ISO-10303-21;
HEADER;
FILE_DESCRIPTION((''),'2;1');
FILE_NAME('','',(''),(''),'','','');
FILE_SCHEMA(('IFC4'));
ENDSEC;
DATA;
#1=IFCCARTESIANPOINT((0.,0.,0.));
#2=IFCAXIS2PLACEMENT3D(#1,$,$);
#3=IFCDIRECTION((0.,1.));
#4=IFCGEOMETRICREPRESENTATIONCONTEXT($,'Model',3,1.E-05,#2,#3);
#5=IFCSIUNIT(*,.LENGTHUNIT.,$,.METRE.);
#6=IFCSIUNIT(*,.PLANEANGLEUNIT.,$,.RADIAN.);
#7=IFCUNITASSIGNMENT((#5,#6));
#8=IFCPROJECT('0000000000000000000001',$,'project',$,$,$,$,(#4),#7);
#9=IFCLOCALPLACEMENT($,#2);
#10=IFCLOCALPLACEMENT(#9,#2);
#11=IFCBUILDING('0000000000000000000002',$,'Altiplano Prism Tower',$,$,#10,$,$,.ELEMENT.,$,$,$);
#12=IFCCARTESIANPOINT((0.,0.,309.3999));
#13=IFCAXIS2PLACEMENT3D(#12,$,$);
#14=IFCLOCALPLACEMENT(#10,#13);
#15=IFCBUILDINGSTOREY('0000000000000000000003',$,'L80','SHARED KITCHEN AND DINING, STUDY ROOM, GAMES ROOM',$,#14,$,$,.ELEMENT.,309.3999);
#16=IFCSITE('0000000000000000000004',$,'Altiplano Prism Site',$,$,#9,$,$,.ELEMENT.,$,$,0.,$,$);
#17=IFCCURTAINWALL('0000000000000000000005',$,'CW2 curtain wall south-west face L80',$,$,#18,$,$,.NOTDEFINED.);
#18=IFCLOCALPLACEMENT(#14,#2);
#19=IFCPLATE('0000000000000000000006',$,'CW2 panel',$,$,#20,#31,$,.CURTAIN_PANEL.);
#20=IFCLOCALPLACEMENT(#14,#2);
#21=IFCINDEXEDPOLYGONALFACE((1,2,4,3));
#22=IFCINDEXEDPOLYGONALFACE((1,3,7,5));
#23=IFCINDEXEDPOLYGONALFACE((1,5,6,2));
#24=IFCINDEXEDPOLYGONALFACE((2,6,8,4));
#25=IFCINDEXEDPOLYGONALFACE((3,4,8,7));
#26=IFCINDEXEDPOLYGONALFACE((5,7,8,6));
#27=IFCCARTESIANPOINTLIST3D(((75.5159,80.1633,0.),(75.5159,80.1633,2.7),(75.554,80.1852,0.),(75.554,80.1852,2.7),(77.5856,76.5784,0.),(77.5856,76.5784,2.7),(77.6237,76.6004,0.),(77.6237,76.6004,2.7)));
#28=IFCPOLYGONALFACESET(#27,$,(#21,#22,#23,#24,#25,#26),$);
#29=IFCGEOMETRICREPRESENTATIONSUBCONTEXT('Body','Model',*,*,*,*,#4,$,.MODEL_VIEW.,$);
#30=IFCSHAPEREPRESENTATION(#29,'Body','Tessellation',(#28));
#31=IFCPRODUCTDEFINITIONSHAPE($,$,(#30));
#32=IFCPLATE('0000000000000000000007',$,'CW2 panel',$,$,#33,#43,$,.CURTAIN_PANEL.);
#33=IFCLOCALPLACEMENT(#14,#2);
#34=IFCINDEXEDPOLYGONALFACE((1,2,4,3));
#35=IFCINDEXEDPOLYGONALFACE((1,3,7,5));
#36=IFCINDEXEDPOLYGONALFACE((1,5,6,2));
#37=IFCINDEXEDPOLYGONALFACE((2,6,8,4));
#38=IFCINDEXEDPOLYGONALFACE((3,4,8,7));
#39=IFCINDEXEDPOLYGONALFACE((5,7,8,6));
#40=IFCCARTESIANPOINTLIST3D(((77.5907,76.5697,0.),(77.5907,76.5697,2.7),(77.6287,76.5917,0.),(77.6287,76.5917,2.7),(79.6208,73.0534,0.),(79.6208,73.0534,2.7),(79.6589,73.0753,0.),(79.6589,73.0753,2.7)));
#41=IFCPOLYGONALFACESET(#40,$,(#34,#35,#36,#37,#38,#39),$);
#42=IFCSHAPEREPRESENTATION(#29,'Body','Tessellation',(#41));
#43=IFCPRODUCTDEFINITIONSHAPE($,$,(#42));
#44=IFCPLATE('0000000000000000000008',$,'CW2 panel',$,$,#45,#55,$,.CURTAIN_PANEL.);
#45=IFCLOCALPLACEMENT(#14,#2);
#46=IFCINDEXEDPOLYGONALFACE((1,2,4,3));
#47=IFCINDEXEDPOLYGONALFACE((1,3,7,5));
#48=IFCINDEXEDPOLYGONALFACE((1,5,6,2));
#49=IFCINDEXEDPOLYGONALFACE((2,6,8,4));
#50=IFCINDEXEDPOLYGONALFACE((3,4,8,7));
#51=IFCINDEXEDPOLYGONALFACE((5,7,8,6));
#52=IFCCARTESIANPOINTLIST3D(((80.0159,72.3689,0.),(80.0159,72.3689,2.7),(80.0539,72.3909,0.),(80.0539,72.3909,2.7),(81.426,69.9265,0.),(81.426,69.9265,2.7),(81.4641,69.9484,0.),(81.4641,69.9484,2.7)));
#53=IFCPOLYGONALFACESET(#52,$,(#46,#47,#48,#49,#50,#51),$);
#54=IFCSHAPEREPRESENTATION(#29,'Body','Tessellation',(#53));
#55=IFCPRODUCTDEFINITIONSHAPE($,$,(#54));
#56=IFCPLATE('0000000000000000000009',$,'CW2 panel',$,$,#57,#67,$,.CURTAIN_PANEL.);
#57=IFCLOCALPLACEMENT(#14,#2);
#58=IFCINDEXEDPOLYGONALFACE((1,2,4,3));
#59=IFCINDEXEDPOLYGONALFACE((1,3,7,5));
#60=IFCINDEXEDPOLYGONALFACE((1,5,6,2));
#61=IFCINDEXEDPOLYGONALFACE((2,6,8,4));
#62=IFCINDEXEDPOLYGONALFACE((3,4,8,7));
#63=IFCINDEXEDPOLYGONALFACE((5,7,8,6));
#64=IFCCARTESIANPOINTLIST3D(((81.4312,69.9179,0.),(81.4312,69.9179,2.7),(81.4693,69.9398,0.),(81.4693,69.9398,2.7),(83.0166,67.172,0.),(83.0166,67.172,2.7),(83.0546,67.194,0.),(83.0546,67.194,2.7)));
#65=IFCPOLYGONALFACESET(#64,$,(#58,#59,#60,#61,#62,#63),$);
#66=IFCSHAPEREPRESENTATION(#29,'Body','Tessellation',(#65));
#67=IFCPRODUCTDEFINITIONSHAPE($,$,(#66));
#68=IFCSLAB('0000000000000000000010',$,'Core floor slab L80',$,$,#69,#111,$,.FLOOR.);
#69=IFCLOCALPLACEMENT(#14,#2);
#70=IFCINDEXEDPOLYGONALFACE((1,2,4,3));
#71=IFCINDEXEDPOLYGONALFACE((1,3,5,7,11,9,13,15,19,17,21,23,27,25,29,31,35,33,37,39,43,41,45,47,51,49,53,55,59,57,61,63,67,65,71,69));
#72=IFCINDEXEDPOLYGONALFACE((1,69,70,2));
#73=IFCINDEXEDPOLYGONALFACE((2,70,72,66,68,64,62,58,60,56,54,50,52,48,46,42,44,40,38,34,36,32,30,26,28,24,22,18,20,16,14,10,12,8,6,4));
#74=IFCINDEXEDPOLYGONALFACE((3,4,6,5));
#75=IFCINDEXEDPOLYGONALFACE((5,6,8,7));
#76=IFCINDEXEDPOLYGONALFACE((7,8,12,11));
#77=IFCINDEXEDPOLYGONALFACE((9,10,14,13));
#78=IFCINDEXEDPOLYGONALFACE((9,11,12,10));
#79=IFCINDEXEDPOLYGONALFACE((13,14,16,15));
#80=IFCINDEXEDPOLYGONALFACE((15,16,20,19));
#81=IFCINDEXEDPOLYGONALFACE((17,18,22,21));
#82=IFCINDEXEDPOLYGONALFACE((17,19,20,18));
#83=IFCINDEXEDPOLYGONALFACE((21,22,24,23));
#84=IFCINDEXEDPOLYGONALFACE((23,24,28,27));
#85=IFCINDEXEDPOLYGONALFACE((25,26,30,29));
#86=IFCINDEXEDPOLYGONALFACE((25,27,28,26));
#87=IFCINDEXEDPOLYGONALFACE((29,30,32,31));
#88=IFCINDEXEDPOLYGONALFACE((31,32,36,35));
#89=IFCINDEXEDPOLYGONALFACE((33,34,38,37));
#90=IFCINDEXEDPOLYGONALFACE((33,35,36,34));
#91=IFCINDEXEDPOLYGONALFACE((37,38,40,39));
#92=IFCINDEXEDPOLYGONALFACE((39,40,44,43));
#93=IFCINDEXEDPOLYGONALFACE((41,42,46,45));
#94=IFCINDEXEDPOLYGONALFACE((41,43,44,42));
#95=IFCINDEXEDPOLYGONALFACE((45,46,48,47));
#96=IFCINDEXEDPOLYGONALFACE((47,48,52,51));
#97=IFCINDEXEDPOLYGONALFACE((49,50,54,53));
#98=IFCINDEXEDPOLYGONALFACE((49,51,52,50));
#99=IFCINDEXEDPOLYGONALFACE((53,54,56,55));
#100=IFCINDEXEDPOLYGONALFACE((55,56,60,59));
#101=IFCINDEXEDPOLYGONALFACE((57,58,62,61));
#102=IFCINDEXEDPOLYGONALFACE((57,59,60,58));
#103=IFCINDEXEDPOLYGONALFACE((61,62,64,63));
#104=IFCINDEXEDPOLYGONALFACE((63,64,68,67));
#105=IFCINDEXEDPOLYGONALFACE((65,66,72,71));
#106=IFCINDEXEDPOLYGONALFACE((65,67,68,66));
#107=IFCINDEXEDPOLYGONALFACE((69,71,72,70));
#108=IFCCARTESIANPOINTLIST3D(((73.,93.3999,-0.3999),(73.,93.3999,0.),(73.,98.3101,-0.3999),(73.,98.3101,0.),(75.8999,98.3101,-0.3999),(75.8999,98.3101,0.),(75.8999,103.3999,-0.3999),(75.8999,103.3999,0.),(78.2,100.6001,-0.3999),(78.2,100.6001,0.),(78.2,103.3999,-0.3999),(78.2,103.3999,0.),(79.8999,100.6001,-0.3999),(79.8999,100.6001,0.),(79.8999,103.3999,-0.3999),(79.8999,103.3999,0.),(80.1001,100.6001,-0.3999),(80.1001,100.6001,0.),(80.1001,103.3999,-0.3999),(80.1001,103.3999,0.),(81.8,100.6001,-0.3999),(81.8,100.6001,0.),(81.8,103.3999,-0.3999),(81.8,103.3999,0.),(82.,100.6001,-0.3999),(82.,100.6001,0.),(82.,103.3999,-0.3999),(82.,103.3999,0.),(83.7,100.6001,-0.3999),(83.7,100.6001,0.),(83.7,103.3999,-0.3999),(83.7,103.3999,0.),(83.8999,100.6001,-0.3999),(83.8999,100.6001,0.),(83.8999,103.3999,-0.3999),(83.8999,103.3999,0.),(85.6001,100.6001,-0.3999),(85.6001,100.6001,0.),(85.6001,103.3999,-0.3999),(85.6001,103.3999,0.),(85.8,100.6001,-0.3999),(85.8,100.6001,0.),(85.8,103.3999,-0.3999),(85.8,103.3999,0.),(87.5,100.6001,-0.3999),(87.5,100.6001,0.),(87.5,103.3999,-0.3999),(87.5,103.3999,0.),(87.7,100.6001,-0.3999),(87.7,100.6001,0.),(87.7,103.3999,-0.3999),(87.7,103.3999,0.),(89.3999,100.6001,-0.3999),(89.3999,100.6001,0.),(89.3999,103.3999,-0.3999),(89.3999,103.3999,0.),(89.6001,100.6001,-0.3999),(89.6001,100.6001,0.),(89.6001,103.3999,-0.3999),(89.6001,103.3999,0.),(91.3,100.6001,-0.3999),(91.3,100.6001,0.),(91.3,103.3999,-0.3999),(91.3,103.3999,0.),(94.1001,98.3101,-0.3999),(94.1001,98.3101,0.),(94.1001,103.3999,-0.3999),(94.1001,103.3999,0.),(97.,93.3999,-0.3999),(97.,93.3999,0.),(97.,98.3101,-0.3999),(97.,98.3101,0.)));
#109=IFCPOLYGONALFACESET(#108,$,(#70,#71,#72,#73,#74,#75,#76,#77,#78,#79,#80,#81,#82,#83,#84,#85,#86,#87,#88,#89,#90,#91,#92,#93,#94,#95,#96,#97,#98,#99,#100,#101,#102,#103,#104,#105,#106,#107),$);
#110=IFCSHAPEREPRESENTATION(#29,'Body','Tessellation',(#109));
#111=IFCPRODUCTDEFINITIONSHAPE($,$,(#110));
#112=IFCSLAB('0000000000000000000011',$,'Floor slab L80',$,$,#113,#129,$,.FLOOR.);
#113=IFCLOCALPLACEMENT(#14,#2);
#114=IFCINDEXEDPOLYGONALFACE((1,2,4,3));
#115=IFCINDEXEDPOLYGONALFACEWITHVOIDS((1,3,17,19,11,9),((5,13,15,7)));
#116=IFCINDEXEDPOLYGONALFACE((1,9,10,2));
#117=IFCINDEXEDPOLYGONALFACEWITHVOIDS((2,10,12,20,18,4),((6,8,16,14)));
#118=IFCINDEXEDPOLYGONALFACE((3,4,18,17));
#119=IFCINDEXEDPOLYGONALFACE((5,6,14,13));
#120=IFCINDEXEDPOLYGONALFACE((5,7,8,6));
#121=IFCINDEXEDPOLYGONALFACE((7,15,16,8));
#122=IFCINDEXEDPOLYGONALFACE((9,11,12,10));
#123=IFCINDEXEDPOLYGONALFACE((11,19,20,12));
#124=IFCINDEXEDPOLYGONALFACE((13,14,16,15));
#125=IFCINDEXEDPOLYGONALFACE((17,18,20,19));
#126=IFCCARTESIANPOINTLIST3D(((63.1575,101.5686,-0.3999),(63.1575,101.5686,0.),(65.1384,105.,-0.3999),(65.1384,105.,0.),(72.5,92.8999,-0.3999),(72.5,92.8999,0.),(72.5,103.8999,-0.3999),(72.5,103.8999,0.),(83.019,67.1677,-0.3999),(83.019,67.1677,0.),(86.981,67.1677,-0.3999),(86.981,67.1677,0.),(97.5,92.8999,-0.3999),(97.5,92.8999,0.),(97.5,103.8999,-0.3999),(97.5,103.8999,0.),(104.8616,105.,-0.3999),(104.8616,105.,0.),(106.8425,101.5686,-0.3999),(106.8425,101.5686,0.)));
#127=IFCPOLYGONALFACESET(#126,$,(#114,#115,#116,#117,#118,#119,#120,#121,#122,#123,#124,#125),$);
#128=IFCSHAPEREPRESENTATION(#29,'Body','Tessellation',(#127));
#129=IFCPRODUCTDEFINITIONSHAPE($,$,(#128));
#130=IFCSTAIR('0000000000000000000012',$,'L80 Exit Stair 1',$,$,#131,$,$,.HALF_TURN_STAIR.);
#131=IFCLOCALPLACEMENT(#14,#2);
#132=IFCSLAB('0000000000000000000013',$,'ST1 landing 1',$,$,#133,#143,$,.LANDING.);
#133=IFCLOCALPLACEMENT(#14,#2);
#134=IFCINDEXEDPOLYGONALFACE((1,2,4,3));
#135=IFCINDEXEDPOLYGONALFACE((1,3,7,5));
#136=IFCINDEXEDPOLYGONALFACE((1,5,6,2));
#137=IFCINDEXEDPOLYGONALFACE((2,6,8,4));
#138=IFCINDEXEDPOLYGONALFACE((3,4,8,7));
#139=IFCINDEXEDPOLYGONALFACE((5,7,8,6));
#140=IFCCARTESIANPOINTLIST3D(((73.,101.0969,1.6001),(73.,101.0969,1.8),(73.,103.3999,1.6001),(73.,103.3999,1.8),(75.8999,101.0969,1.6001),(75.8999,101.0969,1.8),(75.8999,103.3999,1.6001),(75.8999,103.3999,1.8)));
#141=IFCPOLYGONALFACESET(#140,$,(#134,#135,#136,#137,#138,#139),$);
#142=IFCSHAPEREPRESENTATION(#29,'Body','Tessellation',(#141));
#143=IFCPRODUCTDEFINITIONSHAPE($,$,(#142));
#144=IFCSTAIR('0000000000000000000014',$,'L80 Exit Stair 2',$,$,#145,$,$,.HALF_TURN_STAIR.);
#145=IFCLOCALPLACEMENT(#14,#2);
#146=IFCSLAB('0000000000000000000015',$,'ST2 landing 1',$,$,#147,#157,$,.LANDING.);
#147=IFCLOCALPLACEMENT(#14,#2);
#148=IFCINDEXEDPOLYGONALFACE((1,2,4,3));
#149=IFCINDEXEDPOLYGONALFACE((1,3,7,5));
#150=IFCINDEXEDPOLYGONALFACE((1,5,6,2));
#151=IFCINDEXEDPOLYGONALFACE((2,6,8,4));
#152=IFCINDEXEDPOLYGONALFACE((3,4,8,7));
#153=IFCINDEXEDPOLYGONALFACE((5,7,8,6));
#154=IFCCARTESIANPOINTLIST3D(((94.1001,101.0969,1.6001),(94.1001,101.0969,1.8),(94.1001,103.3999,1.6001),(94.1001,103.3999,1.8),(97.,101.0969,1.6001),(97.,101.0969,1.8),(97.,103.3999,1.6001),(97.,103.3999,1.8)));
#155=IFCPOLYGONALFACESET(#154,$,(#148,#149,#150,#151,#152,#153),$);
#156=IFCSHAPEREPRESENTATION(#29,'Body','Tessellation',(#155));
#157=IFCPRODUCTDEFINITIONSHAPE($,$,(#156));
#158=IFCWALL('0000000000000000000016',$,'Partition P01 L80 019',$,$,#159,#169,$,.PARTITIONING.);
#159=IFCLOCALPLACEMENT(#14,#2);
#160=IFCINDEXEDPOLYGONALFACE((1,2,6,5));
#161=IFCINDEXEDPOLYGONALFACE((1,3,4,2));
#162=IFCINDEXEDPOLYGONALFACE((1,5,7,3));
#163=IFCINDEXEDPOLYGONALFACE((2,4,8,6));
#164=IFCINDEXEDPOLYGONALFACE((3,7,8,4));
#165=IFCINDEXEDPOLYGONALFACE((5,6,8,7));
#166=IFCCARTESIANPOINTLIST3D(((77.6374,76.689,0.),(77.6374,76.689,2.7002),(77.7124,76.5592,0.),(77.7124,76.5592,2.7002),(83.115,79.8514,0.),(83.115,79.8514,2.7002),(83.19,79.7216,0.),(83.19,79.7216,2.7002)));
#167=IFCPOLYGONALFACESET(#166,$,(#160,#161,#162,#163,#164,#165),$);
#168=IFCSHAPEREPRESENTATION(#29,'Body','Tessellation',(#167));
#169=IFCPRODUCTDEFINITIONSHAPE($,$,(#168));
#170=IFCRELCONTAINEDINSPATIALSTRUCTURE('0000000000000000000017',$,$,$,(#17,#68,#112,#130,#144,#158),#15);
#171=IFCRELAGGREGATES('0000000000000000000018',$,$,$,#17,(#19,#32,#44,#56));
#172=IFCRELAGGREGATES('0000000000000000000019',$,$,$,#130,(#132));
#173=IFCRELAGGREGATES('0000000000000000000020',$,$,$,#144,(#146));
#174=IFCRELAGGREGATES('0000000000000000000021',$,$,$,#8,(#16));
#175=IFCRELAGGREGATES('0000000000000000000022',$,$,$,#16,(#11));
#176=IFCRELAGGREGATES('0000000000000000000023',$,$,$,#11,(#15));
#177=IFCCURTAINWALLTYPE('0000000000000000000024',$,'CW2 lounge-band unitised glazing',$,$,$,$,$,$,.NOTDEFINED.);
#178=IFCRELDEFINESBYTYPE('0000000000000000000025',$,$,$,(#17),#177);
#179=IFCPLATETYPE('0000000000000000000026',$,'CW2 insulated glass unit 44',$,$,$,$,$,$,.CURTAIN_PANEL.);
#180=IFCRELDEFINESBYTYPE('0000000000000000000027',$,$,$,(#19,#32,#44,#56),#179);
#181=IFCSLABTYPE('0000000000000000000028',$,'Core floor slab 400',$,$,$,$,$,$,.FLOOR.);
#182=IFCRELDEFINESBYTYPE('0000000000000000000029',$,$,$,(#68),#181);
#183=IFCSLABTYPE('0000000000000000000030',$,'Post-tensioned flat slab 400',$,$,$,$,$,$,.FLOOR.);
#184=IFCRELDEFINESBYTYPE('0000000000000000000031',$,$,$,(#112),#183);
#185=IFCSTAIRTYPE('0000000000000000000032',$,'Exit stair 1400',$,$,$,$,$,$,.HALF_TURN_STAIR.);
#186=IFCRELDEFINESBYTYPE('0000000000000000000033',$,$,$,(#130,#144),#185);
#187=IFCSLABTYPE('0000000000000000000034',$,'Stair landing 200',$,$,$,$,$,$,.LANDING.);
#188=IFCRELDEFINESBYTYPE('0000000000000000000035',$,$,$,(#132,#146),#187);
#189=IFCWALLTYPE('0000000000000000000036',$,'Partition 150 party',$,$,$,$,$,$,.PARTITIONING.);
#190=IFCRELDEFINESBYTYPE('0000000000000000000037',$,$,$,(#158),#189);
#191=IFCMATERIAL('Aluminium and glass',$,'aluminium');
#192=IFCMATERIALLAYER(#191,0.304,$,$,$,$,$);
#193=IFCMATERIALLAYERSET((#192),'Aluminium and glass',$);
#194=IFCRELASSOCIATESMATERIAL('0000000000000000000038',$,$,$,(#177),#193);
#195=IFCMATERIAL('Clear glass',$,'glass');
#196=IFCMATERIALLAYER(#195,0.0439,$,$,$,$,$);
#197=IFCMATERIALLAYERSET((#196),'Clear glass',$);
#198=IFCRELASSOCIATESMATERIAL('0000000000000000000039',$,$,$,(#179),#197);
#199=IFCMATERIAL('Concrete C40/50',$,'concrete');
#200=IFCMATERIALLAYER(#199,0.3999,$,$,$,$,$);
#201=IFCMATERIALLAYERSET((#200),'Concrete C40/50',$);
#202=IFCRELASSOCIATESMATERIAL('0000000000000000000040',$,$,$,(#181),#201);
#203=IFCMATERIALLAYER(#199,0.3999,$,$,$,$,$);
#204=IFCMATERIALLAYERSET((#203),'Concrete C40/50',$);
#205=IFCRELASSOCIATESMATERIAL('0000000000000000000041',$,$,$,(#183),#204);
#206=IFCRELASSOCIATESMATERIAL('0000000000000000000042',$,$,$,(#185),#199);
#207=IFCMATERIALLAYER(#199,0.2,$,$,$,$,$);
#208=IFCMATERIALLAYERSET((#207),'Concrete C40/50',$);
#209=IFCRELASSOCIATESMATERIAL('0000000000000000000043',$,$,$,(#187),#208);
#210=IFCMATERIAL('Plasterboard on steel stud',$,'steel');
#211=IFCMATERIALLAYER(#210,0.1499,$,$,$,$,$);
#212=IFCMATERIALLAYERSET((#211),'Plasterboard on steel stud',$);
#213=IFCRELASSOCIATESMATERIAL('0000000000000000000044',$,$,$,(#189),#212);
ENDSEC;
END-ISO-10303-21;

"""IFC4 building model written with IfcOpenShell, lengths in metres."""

from ifc_helpers import new_model, si_unit, direction, frame, frame_2d, origin, origin_2d, place, context, subcontext, project, spatial, polyline, rectangle, outline, extrude, material, layer, layer_set, type_object, element, aggregate, save


model = new_model("IFC4")

# Units and contexts
model_context = context("Model", 3, precision=1e-05, world=origin(), true_north=direction((0.0, 1.0)))
body_context = subcontext(model_context, "Body", "Model", "MODEL_VIEW")
ifc_project = project(units=[si_unit("LENGTHUNIT", "METRE"), si_unit("PLANEANGLEUNIT", "RADIAN")], contexts=[model_context])

# Site, building, storey
site_placement = place(None, origin())
site = spatial("IfcSite", under=ifc_project, at=site_placement, Name="Altiplano Prism Site", CompositionType="ELEMENT", RefElevation=0.0)
building_placement = place(site_placement, origin())
building = spatial("IfcBuilding", under=site, at=building_placement, Name="Altiplano Prism Tower", CompositionType="ELEMENT")
storey_placement = place(building_placement, frame((0.0, 0.0, 309.3999)))
storey = spatial("IfcBuildingStorey", under=building, at=storey_placement, Name="L80", Description="SHARED KITCHEN AND DINING, STUDY ROOM, GAMES ROOM", CompositionType="ELEMENT", Elevation=309.3999)

# Curtain wall
ifc_material_1 = material(Name="Aluminium and glass", Category="aluminium")
ifc_layer_1 = layer(ifc_material_1, 0.304)
ifc_layer_set_1 = layer_set([ifc_layer_1], Name="Aluminium and glass")
curtain_wall_type = type_object("IfcCurtainWallType", Name="CW2 lounge-band unitised glazing", PredefinedType="NOTDEFINED", material=ifc_layer_set_1)
curtain_wall_1_placement = place(storey_placement, origin())
curtain_wall_1 = element("IfcCurtainWall", 1, at=curtain_wall_1_placement, inside=storey, type_object=curtain_wall_type, Name="CW2 curtain wall south-west face L80", PredefinedType="NOTDEFINED")

# Plates
ifc_material_2 = material(Name="Clear glass", Category="glass")
ifc_layer_2 = layer(ifc_material_2, 0.0439)
ifc_layer_set_2 = layer_set([ifc_layer_2], Name="Clear glass")
plate_type = type_object("IfcPlateType", Name="CW2 insulated glass unit 44", PredefinedType="CURTAIN_PANEL", material=ifc_layer_set_2)
plate_1_placement = place(storey_placement, frame((76.5698, 78.3818, 0.0), z_axis=(0.0, 0.0, 1.0), x_axis=(0.5, -0.866025, 0.0)))
plate_1 = element("IfcPlate", 2, at=plate_1_placement, type_object=plate_type, Name="CW2 panel", PredefinedType="CURTAIN_PANEL", context=body_context, shape_type="SweptSolid", body=[
    extrude(rectangle(XDim=4.1394, YDim=0.0439, at=origin_2d()), origin(), (0.0, 0.0, 1.0), 2.7),
])
plate_2_placement = place(storey_placement, frame((78.6248, 74.8225, 0.0), z_axis=(0.0, 0.0, 1.0), x_axis=(0.5, -0.866025, 0.0)))
plate_2 = element("IfcPlate", 3, at=plate_2_placement, type_object=plate_type, Name="CW2 panel", PredefinedType="CURTAIN_PANEL", context=body_context, shape_type="SweptSolid", body=[
    extrude(rectangle(XDim=4.0603, YDim=0.0439, at=origin_2d()), origin(), (0.0, 0.0, 1.0), 2.7),
])
plate_3_placement = place(storey_placement, frame((80.74, 71.1587, 0.0), z_axis=(0.0, 0.0, 1.0), x_axis=(0.5, -0.866025, 0.0)))
plate_3 = element("IfcPlate", 4, at=plate_3_placement, type_object=plate_type, Name="CW2 panel", PredefinedType="CURTAIN_PANEL", context=body_context, shape_type="SweptSolid", body=[
    extrude(rectangle(XDim=2.8203, YDim=0.0439, at=origin_2d()), origin(), (0.0, 0.0, 1.0), 2.7),
])
plate_4_placement = place(storey_placement, frame((82.2429, 68.5559, 0.0), z_axis=(0.0, 0.0, 1.0), x_axis=(0.5, -0.866025, 0.0)))
plate_4 = element("IfcPlate", 5, at=plate_4_placement, type_object=plate_type, Name="CW2 panel", PredefinedType="CURTAIN_PANEL", context=body_context, shape_type="SweptSolid", body=[
    extrude(rectangle(XDim=3.1707, YDim=0.0439, at=origin_2d()), origin(), (0.0, 0.0, 1.0), 2.7),
])
aggregate(curtain_wall_1, [plate_1, plate_2, plate_3, plate_4])

# Slabs
ifc_material_3 = material(Name="Concrete C40/50", Category="concrete")
ifc_layer_3 = layer(ifc_material_3, 0.3999)
ifc_layer_set_3 = layer_set([ifc_layer_3], Name="Concrete C40/50")
slab_type_1 = type_object("IfcSlabType", Name="Core floor slab 400", PredefinedType="FLOOR", material=ifc_layer_set_3)
slab_1_placement = place(storey_placement, frame((0.0, 0.0, -0.3999)))
element("IfcSlab", 6, at=slab_1_placement, inside=storey, type_object=slab_type_1, Name="Core floor slab L80", PredefinedType="FLOOR", context=body_context, shape_type="SweptSolid", body=[
    extrude(outline(polyline([(97.0, 98.3101), (94.1001, 98.3101), (94.1001, 103.3999), (91.3, 103.3999), (91.3, 100.6001), (89.6001, 100.6001), (89.6001, 103.3999), (89.3999, 103.3999), (89.3999, 100.6001), (87.7, 100.6001), (87.7, 103.3999), (87.5, 103.3999), (87.5, 100.6001), (85.8, 100.6001), (85.8, 103.3999), (85.6001, 103.3999), (85.6001, 100.6001), (83.8999, 100.6001), (83.8999, 103.3999), (83.7, 103.3999), (83.7, 100.6001), (82.0, 100.6001), (82.0, 103.3999), (81.8, 103.3999), (81.8, 100.6001), (80.1001, 100.6001), (80.1001, 103.3999), (79.8999, 103.3999), (79.8999, 100.6001), (78.2, 100.6001), (78.2, 103.3999), (75.8999, 103.3999), (75.8999, 98.3101), (73.0, 98.3101), (73.0, 93.3999), (97.0, 93.3999), (97.0, 98.3101)])), origin(), (0.0, 0.0, 1.0), 0.3999),
])
ifc_layer_4 = layer(ifc_material_3, 0.3999)
ifc_layer_set_4 = layer_set([ifc_layer_4], Name="Concrete C40/50")
slab_type_2 = type_object("IfcSlabType", Name="Post-tensioned flat slab 400", PredefinedType="FLOOR", material=ifc_layer_set_4)
slab_2_placement = place(storey_placement, frame((0.0, 0.0, -0.3999)))
element("IfcSlab", 7, at=slab_2_placement, inside=storey, type_object=slab_type_2, Name="Floor slab L80", PredefinedType="FLOOR", context=body_context, shape_type="SweptSolid", body=[
    extrude(outline(polyline([(106.8425, 101.5686), (86.981, 67.1677), (83.019, 67.1677), (63.1575, 101.5686), (65.1384, 105.0), (104.8616, 105.0), (106.8425, 101.5686)]), holes=[polyline([(97.5, 92.8999), (97.5, 103.8999), (72.5, 103.8999), (72.5, 92.8999), (97.5, 92.8999)])]), origin(), (0.0, 0.0, 1.0), 0.3999),
])

# Stairs, slabs
stair_type = type_object("IfcStairType", Name="Exit stair 1400", PredefinedType="HALF_TURN_STAIR", material=ifc_material_3)
stair_1_placement = place(storey_placement, origin())
stair_1 = element("IfcStair", 8, at=stair_1_placement, inside=storey, type_object=stair_type, Name="L80 Exit Stair 1", PredefinedType="HALF_TURN_STAIR")
ifc_layer_5 = layer(ifc_material_3, 0.2)
ifc_layer_set_5 = layer_set([ifc_layer_5], Name="Concrete C40/50")
slab_type_3 = type_object("IfcSlabType", Name="Stair landing 200", PredefinedType="LANDING", material=ifc_layer_set_5)
slab_3_placement = place(storey_placement, frame((0.0, 0.0, 1.6001)))
slab_3 = element("IfcSlab", 9, at=slab_3_placement, type_object=slab_type_3, Name="ST1 landing 1", PredefinedType="LANDING", context=body_context, shape_type="SweptSolid", body=[
    extrude(outline(polyline([(75.8999, 101.0969), (75.8999, 103.3999), (73.0, 103.3999), (73.0, 101.0969), (75.8999, 101.0969)])), origin(), (0.0, 0.0, 1.0), 0.2),
])
aggregate(stair_1, [slab_3])
stair_2_placement = place(storey_placement, origin())
stair_2 = element("IfcStair", 10, at=stair_2_placement, inside=storey, type_object=stair_type, Name="L80 Exit Stair 2", PredefinedType="HALF_TURN_STAIR")
slab_4_placement = place(storey_placement, frame((0.0, 0.0, 1.6001)))
slab_4 = element("IfcSlab", 11, at=slab_4_placement, type_object=slab_type_3, Name="ST2 landing 1", PredefinedType="LANDING", context=body_context, shape_type="SweptSolid", body=[
    extrude(outline(polyline([(97.0, 101.0969), (97.0, 103.3999), (94.1001, 103.3999), (94.1001, 101.0969), (97.0, 101.0969)])), origin(), (0.0, 0.0, 1.0), 0.2),
])
aggregate(stair_2, [slab_4])

# Wall
ifc_material_4 = material(Name="Plasterboard on steel stud", Category="steel")
ifc_layer_6 = layer(ifc_material_4, 0.1499)
ifc_layer_set_6 = layer_set([ifc_layer_6], Name="Plasterboard on steel stud")
wall_type = type_object("IfcWallType", Name="Partition 150 party", PredefinedType="PARTITIONING", material=ifc_layer_set_6)
wall_placement = place(storey_placement, frame((77.6748, 76.624, 0.0), z_axis=(0.0, 0.0, 1.0), x_axis=(0.866033, 0.499988, 0.0)))
element("IfcWall", 12, at=wall_placement, inside=storey, type_object=wall_type, Name="Partition P01 L80 019", PredefinedType="PARTITIONING", context=body_context, shape_type="SweptSolid", body=[
    extrude(rectangle(XDim=6.325, YDim=0.1499, at=frame_2d((3.1626, 0.0))), origin(), (0.0, 0.0, 1.0), 2.7002),
])

save(model, "model.ifc")
